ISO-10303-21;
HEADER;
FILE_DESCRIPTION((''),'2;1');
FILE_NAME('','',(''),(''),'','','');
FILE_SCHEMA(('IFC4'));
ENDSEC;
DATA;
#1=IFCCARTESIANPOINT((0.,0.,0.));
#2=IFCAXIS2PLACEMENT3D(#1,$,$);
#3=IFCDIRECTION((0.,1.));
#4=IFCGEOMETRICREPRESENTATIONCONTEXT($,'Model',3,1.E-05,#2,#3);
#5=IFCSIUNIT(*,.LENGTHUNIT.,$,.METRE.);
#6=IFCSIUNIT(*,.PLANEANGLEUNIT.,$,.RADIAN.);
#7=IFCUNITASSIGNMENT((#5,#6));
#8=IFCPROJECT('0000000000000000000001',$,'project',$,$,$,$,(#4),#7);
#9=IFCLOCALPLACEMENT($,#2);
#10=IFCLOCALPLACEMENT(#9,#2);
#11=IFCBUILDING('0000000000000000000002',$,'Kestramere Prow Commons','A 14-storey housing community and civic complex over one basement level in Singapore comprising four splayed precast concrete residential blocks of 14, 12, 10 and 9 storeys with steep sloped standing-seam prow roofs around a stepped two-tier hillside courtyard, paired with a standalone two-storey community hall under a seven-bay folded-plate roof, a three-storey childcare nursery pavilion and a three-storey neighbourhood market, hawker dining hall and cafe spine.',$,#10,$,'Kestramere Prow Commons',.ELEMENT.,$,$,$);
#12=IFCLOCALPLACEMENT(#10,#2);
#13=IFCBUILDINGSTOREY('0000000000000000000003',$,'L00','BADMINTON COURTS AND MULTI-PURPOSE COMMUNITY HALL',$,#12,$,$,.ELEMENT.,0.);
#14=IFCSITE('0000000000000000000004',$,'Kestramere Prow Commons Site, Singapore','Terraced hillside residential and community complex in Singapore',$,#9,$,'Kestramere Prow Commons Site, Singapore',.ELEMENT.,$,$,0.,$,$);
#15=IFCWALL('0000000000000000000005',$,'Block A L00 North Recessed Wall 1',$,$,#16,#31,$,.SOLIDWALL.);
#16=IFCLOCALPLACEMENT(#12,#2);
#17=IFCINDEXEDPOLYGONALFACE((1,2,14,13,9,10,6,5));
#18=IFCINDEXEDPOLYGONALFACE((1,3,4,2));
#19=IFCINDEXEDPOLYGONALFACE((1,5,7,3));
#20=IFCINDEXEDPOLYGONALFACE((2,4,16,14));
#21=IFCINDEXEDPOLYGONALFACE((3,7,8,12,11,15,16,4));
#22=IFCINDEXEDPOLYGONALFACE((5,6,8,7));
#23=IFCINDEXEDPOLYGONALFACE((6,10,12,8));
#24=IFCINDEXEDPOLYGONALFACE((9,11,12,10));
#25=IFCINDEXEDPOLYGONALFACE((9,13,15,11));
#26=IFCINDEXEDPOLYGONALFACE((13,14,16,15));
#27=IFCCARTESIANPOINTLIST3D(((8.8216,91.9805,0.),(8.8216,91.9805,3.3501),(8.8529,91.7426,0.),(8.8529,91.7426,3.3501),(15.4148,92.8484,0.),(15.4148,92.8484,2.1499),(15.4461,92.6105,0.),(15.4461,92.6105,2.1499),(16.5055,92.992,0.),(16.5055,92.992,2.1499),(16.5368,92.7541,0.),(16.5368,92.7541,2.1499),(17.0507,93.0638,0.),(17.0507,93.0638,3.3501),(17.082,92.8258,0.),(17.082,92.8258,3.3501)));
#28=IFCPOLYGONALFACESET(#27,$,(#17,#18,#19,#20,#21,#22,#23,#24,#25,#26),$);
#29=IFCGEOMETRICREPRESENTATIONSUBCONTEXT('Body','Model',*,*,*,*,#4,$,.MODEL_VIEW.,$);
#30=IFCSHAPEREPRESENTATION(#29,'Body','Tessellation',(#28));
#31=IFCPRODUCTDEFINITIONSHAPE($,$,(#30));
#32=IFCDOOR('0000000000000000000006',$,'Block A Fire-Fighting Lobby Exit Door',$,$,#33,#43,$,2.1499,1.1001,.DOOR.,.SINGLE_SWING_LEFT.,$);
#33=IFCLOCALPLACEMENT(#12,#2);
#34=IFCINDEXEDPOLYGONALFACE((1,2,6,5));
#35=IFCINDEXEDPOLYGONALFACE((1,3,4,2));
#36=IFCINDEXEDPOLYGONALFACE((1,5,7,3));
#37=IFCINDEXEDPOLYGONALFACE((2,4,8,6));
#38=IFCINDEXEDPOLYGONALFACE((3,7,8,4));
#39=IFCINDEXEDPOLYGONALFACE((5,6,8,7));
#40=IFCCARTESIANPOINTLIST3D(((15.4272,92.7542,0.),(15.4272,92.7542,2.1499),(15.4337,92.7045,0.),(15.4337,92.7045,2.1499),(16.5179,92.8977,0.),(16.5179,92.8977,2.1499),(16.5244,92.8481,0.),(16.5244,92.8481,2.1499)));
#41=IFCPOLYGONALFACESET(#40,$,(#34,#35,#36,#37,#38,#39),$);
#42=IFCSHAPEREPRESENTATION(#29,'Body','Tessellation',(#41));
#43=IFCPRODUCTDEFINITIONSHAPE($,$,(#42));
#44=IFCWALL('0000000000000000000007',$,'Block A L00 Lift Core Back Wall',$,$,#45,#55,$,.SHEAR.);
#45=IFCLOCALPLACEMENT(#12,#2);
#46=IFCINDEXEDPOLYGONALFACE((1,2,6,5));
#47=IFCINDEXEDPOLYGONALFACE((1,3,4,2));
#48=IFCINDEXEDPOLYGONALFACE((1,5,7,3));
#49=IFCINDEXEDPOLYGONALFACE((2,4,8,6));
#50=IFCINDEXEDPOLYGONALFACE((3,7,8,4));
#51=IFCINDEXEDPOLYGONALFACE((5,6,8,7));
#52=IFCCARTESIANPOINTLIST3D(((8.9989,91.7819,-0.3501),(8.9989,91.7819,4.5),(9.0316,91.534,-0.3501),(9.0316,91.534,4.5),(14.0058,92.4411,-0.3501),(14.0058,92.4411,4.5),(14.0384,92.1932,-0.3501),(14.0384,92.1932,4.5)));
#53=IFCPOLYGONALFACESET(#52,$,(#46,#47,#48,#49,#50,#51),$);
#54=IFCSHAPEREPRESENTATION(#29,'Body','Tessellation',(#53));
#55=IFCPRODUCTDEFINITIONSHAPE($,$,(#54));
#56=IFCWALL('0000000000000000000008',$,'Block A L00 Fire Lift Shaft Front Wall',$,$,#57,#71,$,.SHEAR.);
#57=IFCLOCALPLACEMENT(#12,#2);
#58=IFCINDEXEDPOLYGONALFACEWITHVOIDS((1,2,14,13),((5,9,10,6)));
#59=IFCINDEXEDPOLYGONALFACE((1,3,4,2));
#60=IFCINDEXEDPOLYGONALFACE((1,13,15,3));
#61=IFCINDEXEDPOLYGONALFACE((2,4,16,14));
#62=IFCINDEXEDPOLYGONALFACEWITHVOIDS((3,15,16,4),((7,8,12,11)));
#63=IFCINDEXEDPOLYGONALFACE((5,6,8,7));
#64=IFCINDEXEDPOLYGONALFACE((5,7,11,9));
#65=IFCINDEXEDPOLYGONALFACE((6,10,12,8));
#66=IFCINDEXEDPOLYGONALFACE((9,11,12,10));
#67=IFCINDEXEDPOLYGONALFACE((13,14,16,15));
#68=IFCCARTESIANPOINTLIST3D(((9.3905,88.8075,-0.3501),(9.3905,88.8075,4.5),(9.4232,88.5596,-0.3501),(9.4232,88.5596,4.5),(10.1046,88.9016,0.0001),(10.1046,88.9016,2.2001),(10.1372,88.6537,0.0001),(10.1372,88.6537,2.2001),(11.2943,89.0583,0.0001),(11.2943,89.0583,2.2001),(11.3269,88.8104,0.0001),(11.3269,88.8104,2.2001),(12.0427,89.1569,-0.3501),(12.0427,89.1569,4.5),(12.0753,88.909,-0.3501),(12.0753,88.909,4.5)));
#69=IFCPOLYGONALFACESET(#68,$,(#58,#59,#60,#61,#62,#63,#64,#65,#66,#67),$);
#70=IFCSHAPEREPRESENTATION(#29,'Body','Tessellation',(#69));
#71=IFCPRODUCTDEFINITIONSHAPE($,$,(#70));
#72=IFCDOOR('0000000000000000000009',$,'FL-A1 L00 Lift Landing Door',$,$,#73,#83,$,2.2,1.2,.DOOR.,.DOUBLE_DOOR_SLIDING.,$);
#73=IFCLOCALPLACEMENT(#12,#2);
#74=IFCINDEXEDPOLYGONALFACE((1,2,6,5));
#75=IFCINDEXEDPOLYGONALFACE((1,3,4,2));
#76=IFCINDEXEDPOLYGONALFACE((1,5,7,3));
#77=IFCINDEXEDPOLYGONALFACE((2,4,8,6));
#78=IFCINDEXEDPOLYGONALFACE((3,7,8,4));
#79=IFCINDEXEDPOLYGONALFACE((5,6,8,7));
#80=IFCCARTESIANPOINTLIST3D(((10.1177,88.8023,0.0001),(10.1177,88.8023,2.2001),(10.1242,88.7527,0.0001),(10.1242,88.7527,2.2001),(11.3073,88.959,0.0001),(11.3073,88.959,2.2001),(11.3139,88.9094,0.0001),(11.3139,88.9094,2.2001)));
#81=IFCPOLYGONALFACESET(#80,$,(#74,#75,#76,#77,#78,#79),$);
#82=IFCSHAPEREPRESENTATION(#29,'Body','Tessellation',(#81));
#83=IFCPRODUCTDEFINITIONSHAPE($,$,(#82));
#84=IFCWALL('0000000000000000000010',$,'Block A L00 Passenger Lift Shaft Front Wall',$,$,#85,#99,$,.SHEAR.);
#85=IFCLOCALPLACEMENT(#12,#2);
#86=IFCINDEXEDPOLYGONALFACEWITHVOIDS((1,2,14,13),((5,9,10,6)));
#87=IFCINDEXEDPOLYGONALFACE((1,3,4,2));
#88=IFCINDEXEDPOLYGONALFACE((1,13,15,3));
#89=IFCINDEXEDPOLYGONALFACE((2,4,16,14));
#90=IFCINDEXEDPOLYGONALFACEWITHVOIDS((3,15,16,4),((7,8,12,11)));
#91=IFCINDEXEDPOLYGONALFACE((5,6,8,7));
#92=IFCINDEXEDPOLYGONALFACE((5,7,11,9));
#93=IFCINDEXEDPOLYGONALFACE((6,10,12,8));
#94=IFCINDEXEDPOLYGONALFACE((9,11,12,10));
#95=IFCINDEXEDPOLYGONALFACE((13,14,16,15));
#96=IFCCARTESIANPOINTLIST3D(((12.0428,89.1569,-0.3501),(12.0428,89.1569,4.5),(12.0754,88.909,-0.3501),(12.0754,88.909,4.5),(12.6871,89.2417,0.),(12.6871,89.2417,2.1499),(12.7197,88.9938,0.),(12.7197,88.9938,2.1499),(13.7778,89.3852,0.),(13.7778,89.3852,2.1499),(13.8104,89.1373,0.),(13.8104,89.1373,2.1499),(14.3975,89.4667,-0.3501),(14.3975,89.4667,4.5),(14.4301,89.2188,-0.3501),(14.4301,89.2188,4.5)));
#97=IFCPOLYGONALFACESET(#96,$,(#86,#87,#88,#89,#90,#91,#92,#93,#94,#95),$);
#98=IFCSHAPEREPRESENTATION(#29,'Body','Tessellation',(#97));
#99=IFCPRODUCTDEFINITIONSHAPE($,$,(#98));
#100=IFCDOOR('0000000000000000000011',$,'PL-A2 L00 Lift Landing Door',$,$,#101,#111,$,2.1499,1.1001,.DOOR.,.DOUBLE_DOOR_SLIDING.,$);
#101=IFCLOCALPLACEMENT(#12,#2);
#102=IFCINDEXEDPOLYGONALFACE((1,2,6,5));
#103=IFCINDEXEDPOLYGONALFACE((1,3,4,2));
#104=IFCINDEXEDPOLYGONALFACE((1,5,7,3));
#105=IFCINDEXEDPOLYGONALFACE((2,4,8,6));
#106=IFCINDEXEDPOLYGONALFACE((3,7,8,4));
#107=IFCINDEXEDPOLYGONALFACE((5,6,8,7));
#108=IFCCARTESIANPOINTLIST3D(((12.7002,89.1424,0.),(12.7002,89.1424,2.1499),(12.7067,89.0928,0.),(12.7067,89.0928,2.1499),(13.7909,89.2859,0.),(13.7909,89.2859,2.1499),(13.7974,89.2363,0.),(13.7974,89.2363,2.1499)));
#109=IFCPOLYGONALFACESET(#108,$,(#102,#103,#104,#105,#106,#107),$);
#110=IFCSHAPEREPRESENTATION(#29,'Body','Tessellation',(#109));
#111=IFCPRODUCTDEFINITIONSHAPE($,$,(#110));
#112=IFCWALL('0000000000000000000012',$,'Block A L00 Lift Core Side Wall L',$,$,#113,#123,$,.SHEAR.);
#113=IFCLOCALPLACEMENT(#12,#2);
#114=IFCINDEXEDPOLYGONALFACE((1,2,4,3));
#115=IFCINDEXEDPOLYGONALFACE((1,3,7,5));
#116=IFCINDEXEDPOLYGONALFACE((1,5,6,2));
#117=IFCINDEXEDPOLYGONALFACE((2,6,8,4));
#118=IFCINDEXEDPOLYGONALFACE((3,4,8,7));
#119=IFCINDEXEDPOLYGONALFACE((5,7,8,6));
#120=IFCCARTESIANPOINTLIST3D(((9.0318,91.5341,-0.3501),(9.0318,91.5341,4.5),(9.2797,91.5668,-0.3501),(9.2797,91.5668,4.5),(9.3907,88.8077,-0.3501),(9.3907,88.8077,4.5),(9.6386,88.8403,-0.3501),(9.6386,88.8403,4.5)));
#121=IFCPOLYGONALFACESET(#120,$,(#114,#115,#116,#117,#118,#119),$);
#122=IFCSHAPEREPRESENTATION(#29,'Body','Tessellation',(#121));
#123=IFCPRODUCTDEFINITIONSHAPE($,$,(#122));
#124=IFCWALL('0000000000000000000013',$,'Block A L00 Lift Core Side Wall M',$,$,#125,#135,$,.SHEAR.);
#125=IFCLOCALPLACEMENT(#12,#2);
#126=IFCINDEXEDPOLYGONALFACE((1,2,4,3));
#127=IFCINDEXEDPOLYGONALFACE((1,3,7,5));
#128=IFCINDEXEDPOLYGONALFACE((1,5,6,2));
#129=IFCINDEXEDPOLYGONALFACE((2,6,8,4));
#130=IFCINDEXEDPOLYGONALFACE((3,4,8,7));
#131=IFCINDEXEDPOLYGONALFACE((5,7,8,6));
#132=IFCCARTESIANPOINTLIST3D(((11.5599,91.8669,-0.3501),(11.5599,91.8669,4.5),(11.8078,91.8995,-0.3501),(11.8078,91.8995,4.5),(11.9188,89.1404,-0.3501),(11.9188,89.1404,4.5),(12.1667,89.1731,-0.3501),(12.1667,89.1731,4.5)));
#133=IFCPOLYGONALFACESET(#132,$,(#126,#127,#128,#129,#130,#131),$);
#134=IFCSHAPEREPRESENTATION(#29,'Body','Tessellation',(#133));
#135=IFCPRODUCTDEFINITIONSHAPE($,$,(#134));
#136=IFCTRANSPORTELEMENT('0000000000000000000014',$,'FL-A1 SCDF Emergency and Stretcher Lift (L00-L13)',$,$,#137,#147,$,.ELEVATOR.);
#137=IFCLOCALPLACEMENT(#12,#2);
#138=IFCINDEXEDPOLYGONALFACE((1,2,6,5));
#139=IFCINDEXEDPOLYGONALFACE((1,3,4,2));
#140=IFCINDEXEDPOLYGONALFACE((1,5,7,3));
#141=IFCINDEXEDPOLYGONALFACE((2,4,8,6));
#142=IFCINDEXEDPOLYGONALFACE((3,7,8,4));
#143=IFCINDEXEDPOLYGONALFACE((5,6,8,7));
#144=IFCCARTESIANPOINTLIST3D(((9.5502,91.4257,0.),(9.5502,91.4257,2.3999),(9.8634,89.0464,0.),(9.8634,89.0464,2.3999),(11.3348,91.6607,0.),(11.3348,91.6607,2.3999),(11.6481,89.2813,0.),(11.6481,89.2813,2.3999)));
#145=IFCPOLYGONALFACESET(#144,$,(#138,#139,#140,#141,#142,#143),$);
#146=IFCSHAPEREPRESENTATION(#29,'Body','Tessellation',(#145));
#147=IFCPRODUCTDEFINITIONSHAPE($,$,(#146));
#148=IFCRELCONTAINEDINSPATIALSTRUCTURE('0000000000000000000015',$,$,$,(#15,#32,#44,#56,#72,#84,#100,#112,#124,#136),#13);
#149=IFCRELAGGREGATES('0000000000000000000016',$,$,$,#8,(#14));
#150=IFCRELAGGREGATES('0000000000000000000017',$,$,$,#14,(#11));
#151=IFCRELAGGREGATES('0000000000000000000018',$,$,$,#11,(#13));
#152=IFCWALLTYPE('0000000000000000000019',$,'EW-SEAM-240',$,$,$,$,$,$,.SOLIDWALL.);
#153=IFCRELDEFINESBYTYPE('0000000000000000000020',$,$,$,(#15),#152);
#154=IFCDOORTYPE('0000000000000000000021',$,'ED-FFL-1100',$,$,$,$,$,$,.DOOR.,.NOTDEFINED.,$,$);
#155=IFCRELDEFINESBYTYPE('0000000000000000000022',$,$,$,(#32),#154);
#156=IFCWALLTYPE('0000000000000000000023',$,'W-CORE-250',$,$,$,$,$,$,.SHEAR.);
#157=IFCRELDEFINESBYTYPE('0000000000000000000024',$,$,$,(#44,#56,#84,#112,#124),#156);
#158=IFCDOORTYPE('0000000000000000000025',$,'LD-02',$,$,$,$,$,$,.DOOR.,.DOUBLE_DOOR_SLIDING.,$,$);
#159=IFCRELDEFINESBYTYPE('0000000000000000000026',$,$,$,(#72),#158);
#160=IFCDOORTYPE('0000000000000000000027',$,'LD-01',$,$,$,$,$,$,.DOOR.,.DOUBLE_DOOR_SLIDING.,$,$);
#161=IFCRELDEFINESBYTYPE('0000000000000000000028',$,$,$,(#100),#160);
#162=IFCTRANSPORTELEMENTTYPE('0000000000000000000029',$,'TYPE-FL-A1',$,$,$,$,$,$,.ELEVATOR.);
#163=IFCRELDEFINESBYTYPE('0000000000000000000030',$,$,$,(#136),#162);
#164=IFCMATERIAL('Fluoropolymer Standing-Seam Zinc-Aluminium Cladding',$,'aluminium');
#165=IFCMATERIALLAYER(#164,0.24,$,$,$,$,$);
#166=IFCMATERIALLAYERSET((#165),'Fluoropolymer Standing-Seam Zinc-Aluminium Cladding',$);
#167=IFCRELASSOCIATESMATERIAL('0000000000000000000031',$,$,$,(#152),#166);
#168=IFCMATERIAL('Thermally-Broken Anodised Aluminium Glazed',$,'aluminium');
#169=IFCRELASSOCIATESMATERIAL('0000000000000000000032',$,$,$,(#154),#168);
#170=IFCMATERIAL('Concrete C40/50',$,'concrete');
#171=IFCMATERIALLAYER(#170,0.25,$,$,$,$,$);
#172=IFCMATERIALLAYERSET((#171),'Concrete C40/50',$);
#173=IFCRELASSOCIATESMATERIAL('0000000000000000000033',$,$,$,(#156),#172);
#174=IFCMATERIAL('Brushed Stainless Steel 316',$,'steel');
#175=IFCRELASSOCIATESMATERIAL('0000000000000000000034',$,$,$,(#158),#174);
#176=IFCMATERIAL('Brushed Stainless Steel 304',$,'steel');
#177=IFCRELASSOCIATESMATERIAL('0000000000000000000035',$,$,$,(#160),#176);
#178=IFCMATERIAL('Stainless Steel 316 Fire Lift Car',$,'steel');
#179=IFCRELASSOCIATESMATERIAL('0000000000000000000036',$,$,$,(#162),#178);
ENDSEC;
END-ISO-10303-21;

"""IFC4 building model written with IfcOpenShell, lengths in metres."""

from ifc_helpers import new_model, si_unit, direction, frame, frame_2d, origin, origin_2d, place, context, subcontext, project, spatial, rectangle, extrude, material, layer, layer_set, type_object, element, fill, save


model = new_model("IFC4")

# Units and contexts
model_context = context("Model", 3, precision=1e-05, world=origin(), true_north=direction((0.0, 1.0)))
body_context = subcontext(model_context, "Body", "Model", "MODEL_VIEW")
ifc_project = project(units=[si_unit("LENGTHUNIT", "METRE"), si_unit("PLANEANGLEUNIT", "RADIAN")], contexts=[model_context])

# Site, building, storey
site_placement = place(None, origin())
site = spatial("IfcSite", under=ifc_project, at=site_placement, Name="Kestramere Prow Commons Site, Singapore", Description="Terraced hillside residential and community complex in Singapore", LongName="Kestramere Prow Commons Site, Singapore", CompositionType="ELEMENT", RefElevation=0.0)
building_placement = place(site_placement, origin())
building = spatial("IfcBuilding", under=site, at=building_placement, Name="Kestramere Prow Commons", Description="A 14-storey housing community and civic complex over one basement level in Singapore comprising four splayed precast concrete residential blocks of 14, 12, 10 and 9 storeys with steep sloped standing-seam prow roofs around a stepped two-tier hillside courtyard, paired with a standalone two-storey community hall under a seven-bay folded-plate roof, a three-storey childcare nursery pavilion and a three-storey neighbourhood market, hawker dining hall and cafe spine.", LongName="Kestramere Prow Commons", CompositionType="ELEMENT")
storey_placement = place(building_placement, origin())
storey = spatial("IfcBuildingStorey", under=building, at=storey_placement, Name="L00", Description="BADMINTON COURTS AND MULTI-PURPOSE COMMUNITY HALL", CompositionType="ELEMENT", Elevation=0.0)

# Wall, opening, door
ifc_material_1 = material(Name="Fluoropolymer Standing-Seam Zinc-Aluminium Cladding", Category="aluminium")
ifc_layer_1 = layer(ifc_material_1, 0.24)
ifc_layer_set_1 = layer_set([ifc_layer_1], Name="Fluoropolymer Standing-Seam Zinc-Aluminium Cladding")
wall_type_1 = type_object("IfcWallType", Name="EW-SEAM-240", PredefinedType="SOLIDWALL", material=ifc_layer_set_1)
wall_1_placement = place(storey_placement, frame((8.8374, 91.8616, 0.0), z_axis=(0.0, 0.0, 1.0), x_axis=(0.991447, 0.130512, 0.0)))
wall_1 = element("IfcWall", 1, at=wall_1_placement, inside=storey, type_object=wall_type_1, Name="Block A L00 North Recessed Wall 1", PredefinedType="SOLIDWALL", context=body_context, shape_type="SweptSolid", body=[
    extrude(rectangle(XDim=8.3, YDim=0.24, at=frame_2d((4.1499, 0.0))), origin(), (0.0, 0.0, 1.0), 3.3501),
])
opening_1_placement = place(wall_1_placement, frame((6.6499, 0.0, 0.0)))
opening_1 = element("IfcOpeningElement", 2, at=opening_1_placement, cuts=wall_1, PredefinedType="OPENING", context=body_context, shape_type="SweptSolid", body=[
    extrude(rectangle(XDim=1.1001, YDim=2.1499, at=frame_2d((0.55, 1.075))), frame((0.0, 0.135, 0.0), z_axis=(0.0, -1.0, 0.0), x_axis=(1.0, 0.0, 0.0)), (0.0, 0.0, 1.0), 0.27),
])
ifc_material_2 = material(Name="Thermally-Broken Anodised Aluminium Glazed", Category="aluminium")
door_type_1 = type_object("IfcDoorType", Name="ED-FFL-1100", OperationType="NOTDEFINED", PredefinedType="DOOR", material=ifc_material_2)
door_1_placement = place(opening_1_placement, origin())
door_1 = element("IfcDoor", 3, at=door_1_placement, inside=storey, type_object=door_type_1, Name="Block A Fire-Fighting Lobby Exit Door", OperationType="SINGLE_SWING_LEFT", OverallHeight=2.1499, OverallWidth=1.1001, PredefinedType="DOOR", context=body_context, shape_type="SweptSolid", body=[
    extrude(rectangle(XDim=1.1001, YDim=2.1499, at=frame_2d((0.55, 1.075))), frame((0.0, 0.0249, 0.0), z_axis=(0.0, -1.0, 0.0), x_axis=(1.0, 0.0, 0.0)), (0.0, 0.0, 1.0), 0.05),
])
fill(opening_1, door_1)

# Wall
ifc_material_3 = material(Name="Concrete C40/50", Category="concrete")
ifc_layer_2 = layer(ifc_material_3, 0.25)
ifc_layer_set_2 = layer_set([ifc_layer_2], Name="Concrete C40/50")
wall_type_2 = type_object("IfcWallType", Name="W-CORE-250", PredefinedType="SHEAR", material=ifc_layer_set_2)
wall_2_placement = place(storey_placement, frame((9.0154, 91.658, -0.3501), z_axis=(0.0, 0.0, 1.0), x_axis=(0.991444, 0.13053, 0.0)))
element("IfcWall", 4, at=wall_2_placement, inside=storey, type_object=wall_type_2, Name="Block A L00 Lift Core Back Wall", PredefinedType="SHEAR", context=body_context, shape_type="SweptSolid", body=[
    extrude(rectangle(XDim=5.05, YDim=0.25, at=frame_2d((2.5249, 0.0))), origin(), (0.0, 0.0, 1.0), 4.8501),
])

# Walls, openings, doors
wall_3_placement = place(storey_placement, frame((9.407, 88.6836, -0.3501), z_axis=(0.0, 0.0, 1.0), x_axis=(0.991435, 0.130603, 0.0)))
wall_3 = element("IfcWall", 5, at=wall_3_placement, inside=storey, type_object=wall_type_2, Name="Block A L00 Fire Lift Shaft Front Wall", PredefinedType="SHEAR", context=body_context, shape_type="SweptSolid", body=[
    extrude(rectangle(XDim=2.675, YDim=0.25, at=frame_2d((1.3374, 0.0))), origin(), (0.0, 0.0, 1.0), 4.8501),
])
opening_2_placement = place(wall_3_placement, frame((0.72, 0.0, 0.3501)))
opening_2 = element("IfcOpeningElement", 6, at=opening_2_placement, cuts=wall_3, PredefinedType="OPENING", context=body_context, shape_type="SweptSolid", body=[
    extrude(rectangle(XDim=1.2, YDim=2.2, at=frame_2d((0.6001, 1.1001))), frame((0.0, 0.1399, 0.0), z_axis=(0.0, -1.0, 0.0), x_axis=(1.0, 0.0, 0.0)), (0.0, 0.0, 1.0), 0.28),
])
ifc_material_4 = material(Name="Brushed Stainless Steel 316", Category="steel")
door_type_2 = type_object("IfcDoorType", Name="LD-02", OperationType="DOUBLE_DOOR_SLIDING", PredefinedType="DOOR", material=ifc_material_4)
door_2_placement = place(opening_2_placement, origin())
door_2 = element("IfcDoor", 7, at=door_2_placement, inside=storey, type_object=door_type_2, Name="FL-A1 L00 Lift Landing Door", OperationType="DOUBLE_DOOR_SLIDING", OverallHeight=2.2, OverallWidth=1.2, PredefinedType="DOOR", context=body_context, shape_type="SweptSolid", body=[
    extrude(rectangle(XDim=1.2, YDim=2.2, at=frame_2d((0.6001, 1.1001))), frame((0.0, 0.0249, 0.0), z_axis=(0.0, -1.0, 0.0), x_axis=(1.0, 0.0, 0.0)), (0.0, 0.0, 1.0), 0.05),
])
fill(opening_2, door_2)
wall_4_placement = place(storey_placement, frame((12.0591, 89.033, -0.3501), z_axis=(0.0, 0.0, 1.0), x_axis=(0.991455, 0.130447, 0.0)))
wall_4 = element("IfcWall", 8, at=wall_4_placement, inside=storey, type_object=wall_type_2, Name="Block A L00 Passenger Lift Shaft Front Wall", PredefinedType="SHEAR", context=body_context, shape_type="SweptSolid", body=[
    extrude(rectangle(XDim=2.375, YDim=0.25, at=frame_2d((1.1875, 0.0))), origin(), (0.0, 0.0, 1.0), 4.8501),
])
opening_3_placement = place(wall_4_placement, frame((0.6499, 0.0, 0.3501)))
opening_3 = element("IfcOpeningElement", 9, at=opening_3_placement, cuts=wall_4, PredefinedType="OPENING", context=body_context, shape_type="SweptSolid", body=[
    extrude(rectangle(XDim=1.1001, YDim=2.1499, at=frame_2d((0.55, 1.075))), frame((0.0, 0.1399, 0.0), z_axis=(0.0, -1.0, 0.0), x_axis=(1.0, 0.0, 0.0)), (0.0, 0.0, 1.0), 0.28),
])
ifc_material_5 = material(Name="Brushed Stainless Steel 304", Category="steel")
door_type_3 = type_object("IfcDoorType", Name="LD-01", OperationType="DOUBLE_DOOR_SLIDING", PredefinedType="DOOR", material=ifc_material_5)
door_3_placement = place(opening_3_placement, origin())
door_3 = element("IfcDoor", 10, at=door_3_placement, inside=storey, type_object=door_type_3, Name="PL-A2 L00 Lift Landing Door", OperationType="DOUBLE_DOOR_SLIDING", OverallHeight=2.1499, OverallWidth=1.1001, PredefinedType="DOOR", context=body_context, shape_type="SweptSolid", body=[
    extrude(rectangle(XDim=1.1001, YDim=2.1499, at=frame_2d((0.55, 1.075))), frame((0.0, 0.0249, 0.0), z_axis=(0.0, -1.0, 0.0), x_axis=(1.0, 0.0, 0.0)), (0.0, 0.0, 1.0), 0.05),
])
fill(opening_3, door_3)

# Walls
for number, where, z_axis, x_axis, name in (
    (11, (9.5146, 88.824, -0.3501), (0.0, 0.0, 1.0), (-0.1305, 0.991448, 0.0), "Block A L00 Lift Core Side Wall L"),
    (12, (12.0427, 89.1567, -0.3501), (0.0, 0.0, 1.0), (-0.1305, 0.991448, 0.0), "Block A L00 Lift Core Side Wall M"),
):
    element("IfcWall", number, at=place(storey_placement, frame(where, z_axis=z_axis, x_axis=x_axis)), inside=storey, type_object=wall_type_2, Name=name, PredefinedType="SHEAR", context=body_context, shape_type="SweptSolid", body=[
        extrude(rectangle(XDim=2.75, YDim=0.25, at=frame_2d((1.375, 0.0))), origin(), (0.0, 0.0, 1.0), 4.8501),
    ])

# Transport element
ifc_material_6 = material(Name="Stainless Steel 316 Fire Lift Car", Category="steel")
transport_element_type = type_object("IfcTransportElementType", Name="TYPE-FL-A1", PredefinedType="ELEVATOR", material=ifc_material_6)
transport_element_placement = place(storey_placement, frame((10.5991, 90.3535, 0.0), z_axis=(0.0, 0.0, 1.0), x_axis=(0.991445, 0.130526, 0.0)))
element("IfcTransportElement", 13, at=transport_element_placement, inside=storey, type_object=transport_element_type, Name="FL-A1 SCDF Emergency and Stretcher Lift (L00-L13)", PredefinedType="ELEVATOR", context=body_context, shape_type="SweptSolid", body=[
    extrude(rectangle(XDim=1.8, YDim=2.3999, at=origin_2d()), origin(), (0.0, 0.0, 1.0), 2.3999),
])

save(model, "model.ifc")
